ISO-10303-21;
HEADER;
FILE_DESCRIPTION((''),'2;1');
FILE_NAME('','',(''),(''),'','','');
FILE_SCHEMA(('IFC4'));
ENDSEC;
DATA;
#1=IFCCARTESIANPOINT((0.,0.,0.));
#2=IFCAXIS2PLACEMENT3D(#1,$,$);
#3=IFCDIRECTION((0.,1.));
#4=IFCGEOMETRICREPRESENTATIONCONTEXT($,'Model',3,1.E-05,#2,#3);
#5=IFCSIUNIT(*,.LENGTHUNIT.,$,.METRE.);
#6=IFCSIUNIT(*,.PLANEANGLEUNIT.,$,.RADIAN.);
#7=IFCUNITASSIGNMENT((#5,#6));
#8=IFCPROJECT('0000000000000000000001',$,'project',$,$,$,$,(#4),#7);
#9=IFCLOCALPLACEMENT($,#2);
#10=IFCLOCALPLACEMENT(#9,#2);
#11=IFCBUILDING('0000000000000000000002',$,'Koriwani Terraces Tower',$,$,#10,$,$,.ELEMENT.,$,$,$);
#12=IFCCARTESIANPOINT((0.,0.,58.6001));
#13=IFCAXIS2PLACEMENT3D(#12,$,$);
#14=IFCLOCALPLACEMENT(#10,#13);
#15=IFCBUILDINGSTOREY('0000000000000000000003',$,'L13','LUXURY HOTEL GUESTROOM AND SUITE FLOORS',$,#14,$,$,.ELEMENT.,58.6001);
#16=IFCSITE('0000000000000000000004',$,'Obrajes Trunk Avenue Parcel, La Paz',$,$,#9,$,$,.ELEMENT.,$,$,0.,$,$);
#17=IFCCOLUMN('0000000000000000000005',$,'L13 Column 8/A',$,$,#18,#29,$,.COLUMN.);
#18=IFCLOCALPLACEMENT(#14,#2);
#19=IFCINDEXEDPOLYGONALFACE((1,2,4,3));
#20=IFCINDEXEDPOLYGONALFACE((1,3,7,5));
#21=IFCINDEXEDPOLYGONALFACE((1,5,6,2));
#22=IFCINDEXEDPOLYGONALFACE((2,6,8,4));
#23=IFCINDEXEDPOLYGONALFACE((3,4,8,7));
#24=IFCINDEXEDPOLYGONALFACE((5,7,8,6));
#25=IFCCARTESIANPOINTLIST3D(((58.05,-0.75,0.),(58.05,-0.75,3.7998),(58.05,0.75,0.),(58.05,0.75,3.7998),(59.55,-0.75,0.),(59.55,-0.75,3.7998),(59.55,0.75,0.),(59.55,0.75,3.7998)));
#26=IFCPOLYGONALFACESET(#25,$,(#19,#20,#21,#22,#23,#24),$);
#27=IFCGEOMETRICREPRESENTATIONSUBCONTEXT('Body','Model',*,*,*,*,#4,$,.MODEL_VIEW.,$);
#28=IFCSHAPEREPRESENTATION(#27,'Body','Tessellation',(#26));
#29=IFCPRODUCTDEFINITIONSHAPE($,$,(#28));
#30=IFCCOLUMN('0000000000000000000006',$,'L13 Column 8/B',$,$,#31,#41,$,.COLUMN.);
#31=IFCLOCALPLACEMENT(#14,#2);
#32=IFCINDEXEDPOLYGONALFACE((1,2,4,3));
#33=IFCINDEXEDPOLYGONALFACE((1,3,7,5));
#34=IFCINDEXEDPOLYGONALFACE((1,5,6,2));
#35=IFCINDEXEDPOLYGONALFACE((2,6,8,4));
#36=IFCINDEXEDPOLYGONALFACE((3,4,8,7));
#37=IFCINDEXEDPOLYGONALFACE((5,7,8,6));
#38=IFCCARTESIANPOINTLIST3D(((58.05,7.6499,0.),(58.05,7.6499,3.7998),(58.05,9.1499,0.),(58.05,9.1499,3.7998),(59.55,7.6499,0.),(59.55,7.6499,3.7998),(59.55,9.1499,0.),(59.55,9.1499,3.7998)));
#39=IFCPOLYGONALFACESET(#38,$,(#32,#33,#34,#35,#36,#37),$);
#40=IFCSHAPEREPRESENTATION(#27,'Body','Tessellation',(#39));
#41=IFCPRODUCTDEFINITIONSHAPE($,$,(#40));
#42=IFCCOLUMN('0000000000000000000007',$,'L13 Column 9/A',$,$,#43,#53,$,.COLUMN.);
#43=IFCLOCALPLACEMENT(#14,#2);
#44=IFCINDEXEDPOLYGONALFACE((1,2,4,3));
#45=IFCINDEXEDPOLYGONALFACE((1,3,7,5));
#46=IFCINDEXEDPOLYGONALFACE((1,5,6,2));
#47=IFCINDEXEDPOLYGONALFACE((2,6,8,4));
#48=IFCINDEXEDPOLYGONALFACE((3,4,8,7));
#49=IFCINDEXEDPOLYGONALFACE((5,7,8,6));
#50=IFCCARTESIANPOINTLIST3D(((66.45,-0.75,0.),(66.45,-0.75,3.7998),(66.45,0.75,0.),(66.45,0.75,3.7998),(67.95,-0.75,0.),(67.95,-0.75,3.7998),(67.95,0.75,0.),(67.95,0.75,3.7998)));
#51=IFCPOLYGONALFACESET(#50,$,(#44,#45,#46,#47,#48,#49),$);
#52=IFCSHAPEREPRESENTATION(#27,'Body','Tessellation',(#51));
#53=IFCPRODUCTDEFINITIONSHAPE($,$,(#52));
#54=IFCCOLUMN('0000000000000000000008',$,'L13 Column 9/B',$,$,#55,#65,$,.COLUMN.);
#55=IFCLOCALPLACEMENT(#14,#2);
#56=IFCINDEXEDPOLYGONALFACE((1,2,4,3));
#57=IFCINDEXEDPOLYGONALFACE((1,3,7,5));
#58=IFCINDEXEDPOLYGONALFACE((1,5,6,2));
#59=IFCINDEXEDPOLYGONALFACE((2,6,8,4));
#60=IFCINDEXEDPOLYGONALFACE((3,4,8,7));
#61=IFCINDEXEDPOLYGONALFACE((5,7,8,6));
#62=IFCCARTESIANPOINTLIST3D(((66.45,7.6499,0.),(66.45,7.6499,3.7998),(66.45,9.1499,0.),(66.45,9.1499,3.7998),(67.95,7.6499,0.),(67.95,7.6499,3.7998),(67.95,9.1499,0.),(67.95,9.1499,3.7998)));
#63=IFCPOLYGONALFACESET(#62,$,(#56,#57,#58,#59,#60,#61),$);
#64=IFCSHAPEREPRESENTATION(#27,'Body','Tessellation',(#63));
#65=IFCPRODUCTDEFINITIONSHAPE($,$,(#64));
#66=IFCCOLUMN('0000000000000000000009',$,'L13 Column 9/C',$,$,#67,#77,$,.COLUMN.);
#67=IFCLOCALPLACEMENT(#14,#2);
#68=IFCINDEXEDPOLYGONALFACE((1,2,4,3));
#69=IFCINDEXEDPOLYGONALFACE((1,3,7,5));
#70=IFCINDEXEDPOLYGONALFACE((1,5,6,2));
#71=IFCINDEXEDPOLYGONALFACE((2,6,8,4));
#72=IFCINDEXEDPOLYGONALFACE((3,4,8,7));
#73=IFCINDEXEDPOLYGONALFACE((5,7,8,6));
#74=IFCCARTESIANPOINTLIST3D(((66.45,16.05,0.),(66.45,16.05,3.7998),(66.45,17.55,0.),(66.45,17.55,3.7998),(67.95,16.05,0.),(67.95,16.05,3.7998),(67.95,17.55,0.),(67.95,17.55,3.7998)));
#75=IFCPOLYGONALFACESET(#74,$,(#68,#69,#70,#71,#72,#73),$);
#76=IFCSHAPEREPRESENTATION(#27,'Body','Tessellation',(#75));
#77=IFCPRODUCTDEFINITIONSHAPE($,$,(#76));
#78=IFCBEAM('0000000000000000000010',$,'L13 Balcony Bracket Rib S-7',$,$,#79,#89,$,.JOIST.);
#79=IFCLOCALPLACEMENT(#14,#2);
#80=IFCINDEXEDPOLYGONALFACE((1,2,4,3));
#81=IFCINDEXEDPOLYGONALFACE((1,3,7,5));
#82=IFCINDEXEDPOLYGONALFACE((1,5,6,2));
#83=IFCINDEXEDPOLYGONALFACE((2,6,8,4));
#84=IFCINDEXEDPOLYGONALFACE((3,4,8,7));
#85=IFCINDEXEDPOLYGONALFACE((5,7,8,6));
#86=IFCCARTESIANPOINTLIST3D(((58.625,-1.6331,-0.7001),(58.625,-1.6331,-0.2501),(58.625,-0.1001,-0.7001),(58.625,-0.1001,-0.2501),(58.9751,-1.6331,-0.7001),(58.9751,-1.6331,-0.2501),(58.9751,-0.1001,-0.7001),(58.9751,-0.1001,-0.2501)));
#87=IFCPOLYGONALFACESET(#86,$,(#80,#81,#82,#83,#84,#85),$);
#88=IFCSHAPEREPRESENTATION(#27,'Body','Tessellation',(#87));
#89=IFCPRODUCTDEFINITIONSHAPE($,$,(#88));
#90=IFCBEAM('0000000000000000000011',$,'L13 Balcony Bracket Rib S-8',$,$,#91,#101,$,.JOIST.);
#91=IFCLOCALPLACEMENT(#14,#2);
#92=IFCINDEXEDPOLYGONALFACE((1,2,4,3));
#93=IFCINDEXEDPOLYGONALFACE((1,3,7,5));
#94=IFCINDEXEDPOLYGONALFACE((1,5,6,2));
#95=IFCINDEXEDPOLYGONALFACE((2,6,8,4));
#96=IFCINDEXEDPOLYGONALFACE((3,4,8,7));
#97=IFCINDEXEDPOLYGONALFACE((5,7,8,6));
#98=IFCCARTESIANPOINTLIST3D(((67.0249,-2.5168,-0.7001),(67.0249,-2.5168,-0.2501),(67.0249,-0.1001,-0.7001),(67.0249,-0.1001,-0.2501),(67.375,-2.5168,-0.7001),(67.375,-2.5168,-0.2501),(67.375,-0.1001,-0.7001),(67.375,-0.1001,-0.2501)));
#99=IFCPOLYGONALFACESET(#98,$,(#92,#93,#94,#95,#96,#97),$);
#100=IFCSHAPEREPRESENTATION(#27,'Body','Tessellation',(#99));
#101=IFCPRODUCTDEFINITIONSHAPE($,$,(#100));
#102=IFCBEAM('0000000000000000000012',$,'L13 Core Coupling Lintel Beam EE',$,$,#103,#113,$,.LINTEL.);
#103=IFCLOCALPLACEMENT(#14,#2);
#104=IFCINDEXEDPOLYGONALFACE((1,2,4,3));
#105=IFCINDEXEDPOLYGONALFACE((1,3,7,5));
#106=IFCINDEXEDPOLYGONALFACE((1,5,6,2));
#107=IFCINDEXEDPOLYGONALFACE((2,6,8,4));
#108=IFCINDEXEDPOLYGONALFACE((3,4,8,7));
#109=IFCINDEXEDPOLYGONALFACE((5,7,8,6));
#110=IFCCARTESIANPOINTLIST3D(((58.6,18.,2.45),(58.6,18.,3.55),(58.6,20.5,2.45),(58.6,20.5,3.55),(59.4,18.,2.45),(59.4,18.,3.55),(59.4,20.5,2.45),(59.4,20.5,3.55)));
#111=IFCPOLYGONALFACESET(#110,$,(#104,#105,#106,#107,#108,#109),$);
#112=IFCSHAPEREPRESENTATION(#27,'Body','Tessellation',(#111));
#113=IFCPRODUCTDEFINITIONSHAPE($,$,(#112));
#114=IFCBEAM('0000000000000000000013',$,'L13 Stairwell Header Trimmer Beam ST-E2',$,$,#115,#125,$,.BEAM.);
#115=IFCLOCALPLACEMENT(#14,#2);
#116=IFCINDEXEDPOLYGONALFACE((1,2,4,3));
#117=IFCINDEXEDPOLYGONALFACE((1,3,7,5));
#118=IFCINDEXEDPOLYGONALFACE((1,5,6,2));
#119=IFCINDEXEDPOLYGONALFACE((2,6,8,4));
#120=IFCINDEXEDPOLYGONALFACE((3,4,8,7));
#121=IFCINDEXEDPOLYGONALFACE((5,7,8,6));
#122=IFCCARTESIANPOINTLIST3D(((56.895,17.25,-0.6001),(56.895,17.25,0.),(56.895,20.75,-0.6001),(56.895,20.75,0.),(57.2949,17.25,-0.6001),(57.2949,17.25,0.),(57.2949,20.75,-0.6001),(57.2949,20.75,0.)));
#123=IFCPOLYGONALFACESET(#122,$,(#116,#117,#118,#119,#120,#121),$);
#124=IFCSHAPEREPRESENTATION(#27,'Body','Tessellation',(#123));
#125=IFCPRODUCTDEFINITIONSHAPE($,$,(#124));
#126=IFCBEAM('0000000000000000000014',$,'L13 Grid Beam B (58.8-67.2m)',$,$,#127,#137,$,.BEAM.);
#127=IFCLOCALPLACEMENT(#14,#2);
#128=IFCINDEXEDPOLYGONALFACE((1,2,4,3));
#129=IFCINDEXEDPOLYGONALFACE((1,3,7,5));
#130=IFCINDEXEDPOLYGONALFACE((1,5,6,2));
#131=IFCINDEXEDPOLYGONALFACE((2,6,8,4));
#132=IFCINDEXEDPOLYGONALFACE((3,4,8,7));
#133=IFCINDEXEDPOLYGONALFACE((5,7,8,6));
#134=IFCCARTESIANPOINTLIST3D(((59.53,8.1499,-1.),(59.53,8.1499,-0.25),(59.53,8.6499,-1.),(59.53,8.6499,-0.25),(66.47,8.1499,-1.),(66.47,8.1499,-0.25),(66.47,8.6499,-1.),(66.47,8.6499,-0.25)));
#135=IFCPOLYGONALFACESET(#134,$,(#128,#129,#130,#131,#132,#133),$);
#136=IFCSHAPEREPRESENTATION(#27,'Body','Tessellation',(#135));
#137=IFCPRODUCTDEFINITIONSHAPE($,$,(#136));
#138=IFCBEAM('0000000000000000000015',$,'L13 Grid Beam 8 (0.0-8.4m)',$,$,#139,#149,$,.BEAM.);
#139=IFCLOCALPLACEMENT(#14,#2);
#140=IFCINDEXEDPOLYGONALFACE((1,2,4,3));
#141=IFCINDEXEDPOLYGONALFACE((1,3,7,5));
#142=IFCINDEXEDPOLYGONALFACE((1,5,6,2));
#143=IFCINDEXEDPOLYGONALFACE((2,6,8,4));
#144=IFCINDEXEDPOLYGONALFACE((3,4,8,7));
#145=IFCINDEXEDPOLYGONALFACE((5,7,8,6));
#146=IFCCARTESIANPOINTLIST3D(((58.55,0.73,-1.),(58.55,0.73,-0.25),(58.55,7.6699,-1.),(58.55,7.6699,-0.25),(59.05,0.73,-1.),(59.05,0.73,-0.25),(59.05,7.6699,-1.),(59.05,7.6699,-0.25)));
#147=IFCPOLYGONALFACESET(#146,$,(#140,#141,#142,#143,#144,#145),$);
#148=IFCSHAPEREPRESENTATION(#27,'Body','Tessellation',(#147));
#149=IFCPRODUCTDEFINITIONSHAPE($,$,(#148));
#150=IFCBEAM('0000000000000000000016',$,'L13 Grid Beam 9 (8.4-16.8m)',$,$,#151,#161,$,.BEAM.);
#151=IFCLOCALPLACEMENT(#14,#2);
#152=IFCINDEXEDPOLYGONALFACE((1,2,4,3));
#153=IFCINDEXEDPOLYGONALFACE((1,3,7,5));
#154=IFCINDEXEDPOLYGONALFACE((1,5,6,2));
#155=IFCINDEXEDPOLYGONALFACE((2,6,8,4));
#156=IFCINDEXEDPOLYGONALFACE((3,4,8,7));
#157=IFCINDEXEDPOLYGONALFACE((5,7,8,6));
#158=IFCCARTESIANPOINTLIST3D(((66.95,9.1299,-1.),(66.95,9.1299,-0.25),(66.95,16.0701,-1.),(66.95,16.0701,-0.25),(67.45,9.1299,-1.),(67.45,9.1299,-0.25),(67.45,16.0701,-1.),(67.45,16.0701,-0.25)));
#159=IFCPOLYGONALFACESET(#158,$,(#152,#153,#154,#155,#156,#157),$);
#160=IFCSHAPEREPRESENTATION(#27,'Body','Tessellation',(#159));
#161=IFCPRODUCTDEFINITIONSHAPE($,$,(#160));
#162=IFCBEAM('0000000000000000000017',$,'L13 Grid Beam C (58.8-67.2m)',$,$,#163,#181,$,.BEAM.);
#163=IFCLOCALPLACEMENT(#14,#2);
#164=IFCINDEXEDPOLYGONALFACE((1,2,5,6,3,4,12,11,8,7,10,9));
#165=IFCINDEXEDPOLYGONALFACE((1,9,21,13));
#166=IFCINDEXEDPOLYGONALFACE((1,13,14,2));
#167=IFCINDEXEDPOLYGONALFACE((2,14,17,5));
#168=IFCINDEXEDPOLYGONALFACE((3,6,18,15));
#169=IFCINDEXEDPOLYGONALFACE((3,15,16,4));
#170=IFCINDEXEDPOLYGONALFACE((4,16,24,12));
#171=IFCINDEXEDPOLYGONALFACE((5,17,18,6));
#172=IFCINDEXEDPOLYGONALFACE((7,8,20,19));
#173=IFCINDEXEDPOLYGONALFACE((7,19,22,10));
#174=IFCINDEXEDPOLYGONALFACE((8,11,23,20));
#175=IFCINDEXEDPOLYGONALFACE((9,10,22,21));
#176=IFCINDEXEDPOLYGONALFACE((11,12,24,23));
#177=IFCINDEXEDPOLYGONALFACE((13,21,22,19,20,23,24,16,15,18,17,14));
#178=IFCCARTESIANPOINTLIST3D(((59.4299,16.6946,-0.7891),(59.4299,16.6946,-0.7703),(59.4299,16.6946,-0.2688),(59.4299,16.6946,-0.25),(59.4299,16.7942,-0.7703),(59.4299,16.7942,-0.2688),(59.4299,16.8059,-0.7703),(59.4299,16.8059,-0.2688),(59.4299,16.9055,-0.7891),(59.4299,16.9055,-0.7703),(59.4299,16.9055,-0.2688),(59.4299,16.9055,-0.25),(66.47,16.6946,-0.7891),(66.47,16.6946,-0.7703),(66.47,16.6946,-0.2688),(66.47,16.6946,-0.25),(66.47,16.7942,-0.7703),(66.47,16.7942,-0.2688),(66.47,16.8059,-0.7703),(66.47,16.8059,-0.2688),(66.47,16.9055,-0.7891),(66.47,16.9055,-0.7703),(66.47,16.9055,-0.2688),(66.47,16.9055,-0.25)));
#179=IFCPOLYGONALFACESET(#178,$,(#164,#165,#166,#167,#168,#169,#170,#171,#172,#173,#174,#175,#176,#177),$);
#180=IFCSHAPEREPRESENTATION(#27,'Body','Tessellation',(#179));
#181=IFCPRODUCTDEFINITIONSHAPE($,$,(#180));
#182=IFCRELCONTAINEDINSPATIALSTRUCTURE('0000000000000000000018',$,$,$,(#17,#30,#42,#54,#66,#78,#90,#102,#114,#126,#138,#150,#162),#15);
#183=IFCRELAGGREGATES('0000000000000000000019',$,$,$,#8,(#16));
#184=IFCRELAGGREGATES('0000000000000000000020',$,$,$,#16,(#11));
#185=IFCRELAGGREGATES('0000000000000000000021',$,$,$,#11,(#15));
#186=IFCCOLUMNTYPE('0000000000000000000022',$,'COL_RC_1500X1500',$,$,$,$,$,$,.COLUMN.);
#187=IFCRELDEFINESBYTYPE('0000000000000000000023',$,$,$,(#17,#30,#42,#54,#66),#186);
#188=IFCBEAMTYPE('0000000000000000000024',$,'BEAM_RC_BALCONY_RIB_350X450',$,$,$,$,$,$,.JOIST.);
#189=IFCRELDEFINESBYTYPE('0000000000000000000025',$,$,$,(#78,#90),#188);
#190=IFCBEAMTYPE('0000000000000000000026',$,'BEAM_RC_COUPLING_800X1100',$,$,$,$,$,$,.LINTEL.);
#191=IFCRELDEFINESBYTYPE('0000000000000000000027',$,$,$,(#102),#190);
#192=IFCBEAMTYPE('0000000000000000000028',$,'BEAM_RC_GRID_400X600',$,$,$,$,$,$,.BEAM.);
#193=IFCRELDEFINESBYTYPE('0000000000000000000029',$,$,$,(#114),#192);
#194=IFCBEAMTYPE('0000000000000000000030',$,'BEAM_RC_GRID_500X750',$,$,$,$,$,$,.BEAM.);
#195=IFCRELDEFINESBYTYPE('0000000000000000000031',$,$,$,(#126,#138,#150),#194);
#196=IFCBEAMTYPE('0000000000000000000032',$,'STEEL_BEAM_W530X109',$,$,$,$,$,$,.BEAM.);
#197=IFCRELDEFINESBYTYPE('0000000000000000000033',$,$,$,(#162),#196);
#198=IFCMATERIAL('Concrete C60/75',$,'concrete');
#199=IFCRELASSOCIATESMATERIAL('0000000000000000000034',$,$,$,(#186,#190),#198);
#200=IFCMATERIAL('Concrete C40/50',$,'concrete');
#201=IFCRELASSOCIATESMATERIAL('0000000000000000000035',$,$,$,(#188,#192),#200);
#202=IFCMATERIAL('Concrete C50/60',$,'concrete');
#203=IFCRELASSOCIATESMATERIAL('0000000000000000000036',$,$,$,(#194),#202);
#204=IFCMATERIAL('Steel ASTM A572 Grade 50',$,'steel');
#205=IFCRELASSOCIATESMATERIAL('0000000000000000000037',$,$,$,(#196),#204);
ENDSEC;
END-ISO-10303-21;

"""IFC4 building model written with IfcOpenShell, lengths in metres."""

from ifc_helpers import new_model, si_unit, direction, frame, origin, origin_2d, place, context, subcontext, project, spatial, rectangle, i_section, extrude, material, material_profile, profile_set, type_object, element, save


model = new_model("IFC4")

# Units and contexts
model_context = context("Model", 3, precision=1e-05, world=origin(), true_north=direction((0.0, 1.0)))
body_context = subcontext(model_context, "Body", "Model", "MODEL_VIEW")
ifc_project = project(units=[si_unit("LENGTHUNIT", "METRE"), si_unit("PLANEANGLEUNIT", "RADIAN")], contexts=[model_context])

# Site, building, storey
site_placement = place(None, origin())
site = spatial("IfcSite", under=ifc_project, at=site_placement, Name="Obrajes Trunk Avenue Parcel, La Paz", CompositionType="ELEMENT", RefElevation=0.0)
building_placement = place(site_placement, origin())
building = spatial("IfcBuilding", under=site, at=building_placement, Name="Koriwani Terraces Tower", CompositionType="ELEMENT")
storey_placement = place(building_placement, frame((0.0, 0.0, 58.6001)))
storey = spatial("IfcBuildingStorey", under=building, at=storey_placement, Name="L13", Description="LUXURY HOTEL GUESTROOM AND SUITE FLOORS", CompositionType="ELEMENT", Elevation=58.6001)

# Columns
ifc_material_1 = material(Name="Concrete C60/75", Category="concrete")
ifc_material_profile_1 = material_profile(ifc_material_1, rectangle(XDim=1.5, YDim=1.5, at=origin_2d()), Name="Concrete C60/75", Category="LoadBearing")
ifc_profile_set_1 = profile_set([ifc_material_profile_1], Name="Concrete C60/75")
column_type = type_object("IfcColumnType", Name="COL_RC_1500X1500", PredefinedType="COLUMN", material=ifc_profile_set_1)
for number, where, z_axis, x_axis, name in (
    (1, (58.8, 0.0, 0.0), (0.0, 0.0, 1.0), (1.0, 0.0, 0.0), "L13 Column 8/A"),
    (2, (58.8, 8.3999, 0.0), (0.0, 0.0, 1.0), (1.0, 0.0, 0.0), "L13 Column 8/B"),
    (3, (67.2, 0.0, 0.0), (0.0, 0.0, 1.0), (1.0, 0.0, 0.0), "L13 Column 9/A"),
    (4, (67.2, 8.3999, 0.0), (0.0, 0.0, 1.0), (1.0, 0.0, 0.0), "L13 Column 9/B"),
    (5, (67.2, 16.8, 0.0), (0.0, 0.0, 1.0), (1.0, 0.0, 0.0), "L13 Column 9/C"),
):
    element("IfcColumn", number, at=place(storey_placement, frame(where, z_axis=z_axis, x_axis=x_axis)), inside=storey, type_object=column_type, Name=name, PredefinedType="COLUMN", context=body_context, shape_type="SweptSolid", body=[
        extrude(rectangle(XDim=1.5, YDim=1.5, at=origin_2d()), origin(), (0.0, 0.0, 1.0), 3.7998),
    ])

# Beams
ifc_material_2 = material(Name="Concrete C40/50", Category="concrete")
ifc_material_profile_2 = material_profile(ifc_material_2, rectangle(XDim=0.3501, YDim=0.45, at=origin_2d()), Name="Concrete C40/50", Category="LoadBearing")
ifc_profile_set_2 = profile_set([ifc_material_profile_2], Name="Concrete C40/50")
beam_type_1 = type_object("IfcBeamType", Name="BEAM_RC_BALCONY_RIB_350X450", PredefinedType="JOIST", material=ifc_profile_set_2)
beam_1_placement = place(storey_placement, frame((58.8, -1.6331, -0.4751), z_axis=(0.0, 1.0, 0.0), x_axis=(-1.0, 0.0, 0.0)))
element("IfcBeam", 6, at=beam_1_placement, inside=storey, type_object=beam_type_1, Name="L13 Balcony Bracket Rib S-7", PredefinedType="JOIST", context=body_context, shape_type="SweptSolid", body=[
    extrude(rectangle(XDim=0.3501, YDim=0.45, at=origin_2d()), origin(), (0.0, 0.0, 1.0), 1.533),
])
beam_2_placement = place(storey_placement, frame((67.2, -2.5168, -0.4751), z_axis=(0.0, 1.0, 0.0), x_axis=(-1.0, 0.0, 0.0)))
element("IfcBeam", 7, at=beam_2_placement, inside=storey, type_object=beam_type_1, Name="L13 Balcony Bracket Rib S-8", PredefinedType="JOIST", context=body_context, shape_type="SweptSolid", body=[
    extrude(rectangle(XDim=0.3501, YDim=0.45, at=origin_2d()), origin(), (0.0, 0.0, 1.0), 2.4167),
])
ifc_material_profile_3 = material_profile(ifc_material_1, rectangle(XDim=0.8, YDim=1.1001, at=origin_2d()), Name="Concrete C60/75", Category="LoadBearing")
ifc_profile_set_3 = profile_set([ifc_material_profile_3], Name="Concrete C60/75")
beam_type_2 = type_object("IfcBeamType", Name="BEAM_RC_COUPLING_800X1100", PredefinedType="LINTEL", material=ifc_profile_set_3)
beam_3_placement = place(storey_placement, frame((59.0, 18.0, 3.0), z_axis=(0.0, 1.0, 0.0), x_axis=(-1.0, 0.0, 0.0)))
element("IfcBeam", 8, at=beam_3_placement, inside=storey, type_object=beam_type_2, Name="L13 Core Coupling Lintel Beam EE", PredefinedType="LINTEL", context=body_context, shape_type="SweptSolid", body=[
    extrude(rectangle(XDim=0.8, YDim=1.1001, at=origin_2d()), origin(), (0.0, 0.0, 1.0), 2.5),
])
ifc_material_profile_4 = material_profile(ifc_material_2, rectangle(XDim=0.3999, YDim=0.6001, at=origin_2d()), Name="Concrete C40/50", Category="LoadBearing")
ifc_profile_set_4 = profile_set([ifc_material_profile_4], Name="Concrete C40/50")
beam_type_3 = type_object("IfcBeamType", Name="BEAM_RC_GRID_400X600", PredefinedType="BEAM", material=ifc_profile_set_4)
beam_4_placement = place(storey_placement, frame((57.095, 17.25, -0.3), z_axis=(0.0, 1.0, 0.0), x_axis=(-1.0, 0.0, 0.0)))
element("IfcBeam", 9, at=beam_4_placement, inside=storey, type_object=beam_type_3, Name="L13 Stairwell Header Trimmer Beam ST-E2", PredefinedType="BEAM", context=body_context, shape_type="SweptSolid", body=[
    extrude(rectangle(XDim=0.3999, YDim=0.6001, at=origin_2d()), origin(), (0.0, 0.0, 1.0), 3.5),
])
ifc_material_3 = material(Name="Concrete C50/60", Category="concrete")
ifc_material_profile_5 = material_profile(ifc_material_3, rectangle(XDim=0.5, YDim=0.75, at=origin_2d()), Name="Concrete C50/60", Category="LoadBearing")
ifc_profile_set_5 = profile_set([ifc_material_profile_5], Name="Concrete C50/60")
beam_type_4 = type_object("IfcBeamType", Name="BEAM_RC_GRID_500X750", PredefinedType="BEAM", material=ifc_profile_set_5)
for number, where, z_axis, x_axis, name in (
    (10, (59.53, 8.3999, -0.625), (1.0, 0.0, 0.0), (0.0, 1.0, 0.0), "L13 Grid Beam B (58.8-67.2m)"),
    (11, (58.8, 0.73, -0.625), (0.0, 1.0, 0.0), (-1.0, 0.0, 0.0), "L13 Grid Beam 8 (0.0-8.4m)"),
):
    element("IfcBeam", number, at=place(storey_placement, frame(where, z_axis=z_axis, x_axis=x_axis)), inside=storey, type_object=beam_type_4, Name=name, PredefinedType="BEAM", context=body_context, shape_type="SweptSolid", body=[
        extrude(rectangle(XDim=0.5, YDim=0.75, at=origin_2d()), origin(), (0.0, 0.0, 1.0), 6.9399),
    ])
beam_5_placement = place(storey_placement, frame((67.2, 9.1299, -0.625), z_axis=(0.0, 1.0, 0.0), x_axis=(-1.0, 0.0, 0.0)))
element("IfcBeam", 12, at=beam_5_placement, inside=storey, type_object=beam_type_4, Name="L13 Grid Beam 9 (8.4-16.8m)", PredefinedType="BEAM", context=body_context, shape_type="SweptSolid", body=[
    extrude(rectangle(XDim=0.5, YDim=0.75, at=origin_2d()), origin(), (0.0, 0.0, 1.0), 6.9402),
])
ifc_material_4 = material(Name="Steel ASTM A572 Grade 50", Category="steel")
ifc_material_profile_6 = material_profile(ifc_material_4, i_section(OverallWidth=0.2109, OverallDepth=0.5391, WebThickness=0.0117, FlangeThickness=0.0188, at=origin_2d()), Name="Steel ASTM A572 Grade 50", Category="LoadBearing")
ifc_profile_set_6 = profile_set([ifc_material_profile_6], Name="Steel ASTM A572 Grade 50")
beam_type_5 = type_object("IfcBeamType", Name="STEEL_BEAM_W530X109", PredefinedType="BEAM", material=ifc_profile_set_6)
beam_6_placement = place(storey_placement, frame((59.4299, 16.8, -0.5195), z_axis=(1.0, 0.0, 0.0), x_axis=(0.0, 1.0, 0.0)))
element("IfcBeam", 13, at=beam_6_placement, inside=storey, type_object=beam_type_5, Name="L13 Grid Beam C (58.8-67.2m)", PredefinedType="BEAM", context=body_context, shape_type="SweptSolid", body=[
    extrude(i_section(OverallWidth=0.2109, OverallDepth=0.5391, WebThickness=0.0117, FlangeThickness=0.0188, at=origin_2d()), origin(), (0.0, 0.0, 1.0), 7.04),
])

save(model, "model.ifc")
